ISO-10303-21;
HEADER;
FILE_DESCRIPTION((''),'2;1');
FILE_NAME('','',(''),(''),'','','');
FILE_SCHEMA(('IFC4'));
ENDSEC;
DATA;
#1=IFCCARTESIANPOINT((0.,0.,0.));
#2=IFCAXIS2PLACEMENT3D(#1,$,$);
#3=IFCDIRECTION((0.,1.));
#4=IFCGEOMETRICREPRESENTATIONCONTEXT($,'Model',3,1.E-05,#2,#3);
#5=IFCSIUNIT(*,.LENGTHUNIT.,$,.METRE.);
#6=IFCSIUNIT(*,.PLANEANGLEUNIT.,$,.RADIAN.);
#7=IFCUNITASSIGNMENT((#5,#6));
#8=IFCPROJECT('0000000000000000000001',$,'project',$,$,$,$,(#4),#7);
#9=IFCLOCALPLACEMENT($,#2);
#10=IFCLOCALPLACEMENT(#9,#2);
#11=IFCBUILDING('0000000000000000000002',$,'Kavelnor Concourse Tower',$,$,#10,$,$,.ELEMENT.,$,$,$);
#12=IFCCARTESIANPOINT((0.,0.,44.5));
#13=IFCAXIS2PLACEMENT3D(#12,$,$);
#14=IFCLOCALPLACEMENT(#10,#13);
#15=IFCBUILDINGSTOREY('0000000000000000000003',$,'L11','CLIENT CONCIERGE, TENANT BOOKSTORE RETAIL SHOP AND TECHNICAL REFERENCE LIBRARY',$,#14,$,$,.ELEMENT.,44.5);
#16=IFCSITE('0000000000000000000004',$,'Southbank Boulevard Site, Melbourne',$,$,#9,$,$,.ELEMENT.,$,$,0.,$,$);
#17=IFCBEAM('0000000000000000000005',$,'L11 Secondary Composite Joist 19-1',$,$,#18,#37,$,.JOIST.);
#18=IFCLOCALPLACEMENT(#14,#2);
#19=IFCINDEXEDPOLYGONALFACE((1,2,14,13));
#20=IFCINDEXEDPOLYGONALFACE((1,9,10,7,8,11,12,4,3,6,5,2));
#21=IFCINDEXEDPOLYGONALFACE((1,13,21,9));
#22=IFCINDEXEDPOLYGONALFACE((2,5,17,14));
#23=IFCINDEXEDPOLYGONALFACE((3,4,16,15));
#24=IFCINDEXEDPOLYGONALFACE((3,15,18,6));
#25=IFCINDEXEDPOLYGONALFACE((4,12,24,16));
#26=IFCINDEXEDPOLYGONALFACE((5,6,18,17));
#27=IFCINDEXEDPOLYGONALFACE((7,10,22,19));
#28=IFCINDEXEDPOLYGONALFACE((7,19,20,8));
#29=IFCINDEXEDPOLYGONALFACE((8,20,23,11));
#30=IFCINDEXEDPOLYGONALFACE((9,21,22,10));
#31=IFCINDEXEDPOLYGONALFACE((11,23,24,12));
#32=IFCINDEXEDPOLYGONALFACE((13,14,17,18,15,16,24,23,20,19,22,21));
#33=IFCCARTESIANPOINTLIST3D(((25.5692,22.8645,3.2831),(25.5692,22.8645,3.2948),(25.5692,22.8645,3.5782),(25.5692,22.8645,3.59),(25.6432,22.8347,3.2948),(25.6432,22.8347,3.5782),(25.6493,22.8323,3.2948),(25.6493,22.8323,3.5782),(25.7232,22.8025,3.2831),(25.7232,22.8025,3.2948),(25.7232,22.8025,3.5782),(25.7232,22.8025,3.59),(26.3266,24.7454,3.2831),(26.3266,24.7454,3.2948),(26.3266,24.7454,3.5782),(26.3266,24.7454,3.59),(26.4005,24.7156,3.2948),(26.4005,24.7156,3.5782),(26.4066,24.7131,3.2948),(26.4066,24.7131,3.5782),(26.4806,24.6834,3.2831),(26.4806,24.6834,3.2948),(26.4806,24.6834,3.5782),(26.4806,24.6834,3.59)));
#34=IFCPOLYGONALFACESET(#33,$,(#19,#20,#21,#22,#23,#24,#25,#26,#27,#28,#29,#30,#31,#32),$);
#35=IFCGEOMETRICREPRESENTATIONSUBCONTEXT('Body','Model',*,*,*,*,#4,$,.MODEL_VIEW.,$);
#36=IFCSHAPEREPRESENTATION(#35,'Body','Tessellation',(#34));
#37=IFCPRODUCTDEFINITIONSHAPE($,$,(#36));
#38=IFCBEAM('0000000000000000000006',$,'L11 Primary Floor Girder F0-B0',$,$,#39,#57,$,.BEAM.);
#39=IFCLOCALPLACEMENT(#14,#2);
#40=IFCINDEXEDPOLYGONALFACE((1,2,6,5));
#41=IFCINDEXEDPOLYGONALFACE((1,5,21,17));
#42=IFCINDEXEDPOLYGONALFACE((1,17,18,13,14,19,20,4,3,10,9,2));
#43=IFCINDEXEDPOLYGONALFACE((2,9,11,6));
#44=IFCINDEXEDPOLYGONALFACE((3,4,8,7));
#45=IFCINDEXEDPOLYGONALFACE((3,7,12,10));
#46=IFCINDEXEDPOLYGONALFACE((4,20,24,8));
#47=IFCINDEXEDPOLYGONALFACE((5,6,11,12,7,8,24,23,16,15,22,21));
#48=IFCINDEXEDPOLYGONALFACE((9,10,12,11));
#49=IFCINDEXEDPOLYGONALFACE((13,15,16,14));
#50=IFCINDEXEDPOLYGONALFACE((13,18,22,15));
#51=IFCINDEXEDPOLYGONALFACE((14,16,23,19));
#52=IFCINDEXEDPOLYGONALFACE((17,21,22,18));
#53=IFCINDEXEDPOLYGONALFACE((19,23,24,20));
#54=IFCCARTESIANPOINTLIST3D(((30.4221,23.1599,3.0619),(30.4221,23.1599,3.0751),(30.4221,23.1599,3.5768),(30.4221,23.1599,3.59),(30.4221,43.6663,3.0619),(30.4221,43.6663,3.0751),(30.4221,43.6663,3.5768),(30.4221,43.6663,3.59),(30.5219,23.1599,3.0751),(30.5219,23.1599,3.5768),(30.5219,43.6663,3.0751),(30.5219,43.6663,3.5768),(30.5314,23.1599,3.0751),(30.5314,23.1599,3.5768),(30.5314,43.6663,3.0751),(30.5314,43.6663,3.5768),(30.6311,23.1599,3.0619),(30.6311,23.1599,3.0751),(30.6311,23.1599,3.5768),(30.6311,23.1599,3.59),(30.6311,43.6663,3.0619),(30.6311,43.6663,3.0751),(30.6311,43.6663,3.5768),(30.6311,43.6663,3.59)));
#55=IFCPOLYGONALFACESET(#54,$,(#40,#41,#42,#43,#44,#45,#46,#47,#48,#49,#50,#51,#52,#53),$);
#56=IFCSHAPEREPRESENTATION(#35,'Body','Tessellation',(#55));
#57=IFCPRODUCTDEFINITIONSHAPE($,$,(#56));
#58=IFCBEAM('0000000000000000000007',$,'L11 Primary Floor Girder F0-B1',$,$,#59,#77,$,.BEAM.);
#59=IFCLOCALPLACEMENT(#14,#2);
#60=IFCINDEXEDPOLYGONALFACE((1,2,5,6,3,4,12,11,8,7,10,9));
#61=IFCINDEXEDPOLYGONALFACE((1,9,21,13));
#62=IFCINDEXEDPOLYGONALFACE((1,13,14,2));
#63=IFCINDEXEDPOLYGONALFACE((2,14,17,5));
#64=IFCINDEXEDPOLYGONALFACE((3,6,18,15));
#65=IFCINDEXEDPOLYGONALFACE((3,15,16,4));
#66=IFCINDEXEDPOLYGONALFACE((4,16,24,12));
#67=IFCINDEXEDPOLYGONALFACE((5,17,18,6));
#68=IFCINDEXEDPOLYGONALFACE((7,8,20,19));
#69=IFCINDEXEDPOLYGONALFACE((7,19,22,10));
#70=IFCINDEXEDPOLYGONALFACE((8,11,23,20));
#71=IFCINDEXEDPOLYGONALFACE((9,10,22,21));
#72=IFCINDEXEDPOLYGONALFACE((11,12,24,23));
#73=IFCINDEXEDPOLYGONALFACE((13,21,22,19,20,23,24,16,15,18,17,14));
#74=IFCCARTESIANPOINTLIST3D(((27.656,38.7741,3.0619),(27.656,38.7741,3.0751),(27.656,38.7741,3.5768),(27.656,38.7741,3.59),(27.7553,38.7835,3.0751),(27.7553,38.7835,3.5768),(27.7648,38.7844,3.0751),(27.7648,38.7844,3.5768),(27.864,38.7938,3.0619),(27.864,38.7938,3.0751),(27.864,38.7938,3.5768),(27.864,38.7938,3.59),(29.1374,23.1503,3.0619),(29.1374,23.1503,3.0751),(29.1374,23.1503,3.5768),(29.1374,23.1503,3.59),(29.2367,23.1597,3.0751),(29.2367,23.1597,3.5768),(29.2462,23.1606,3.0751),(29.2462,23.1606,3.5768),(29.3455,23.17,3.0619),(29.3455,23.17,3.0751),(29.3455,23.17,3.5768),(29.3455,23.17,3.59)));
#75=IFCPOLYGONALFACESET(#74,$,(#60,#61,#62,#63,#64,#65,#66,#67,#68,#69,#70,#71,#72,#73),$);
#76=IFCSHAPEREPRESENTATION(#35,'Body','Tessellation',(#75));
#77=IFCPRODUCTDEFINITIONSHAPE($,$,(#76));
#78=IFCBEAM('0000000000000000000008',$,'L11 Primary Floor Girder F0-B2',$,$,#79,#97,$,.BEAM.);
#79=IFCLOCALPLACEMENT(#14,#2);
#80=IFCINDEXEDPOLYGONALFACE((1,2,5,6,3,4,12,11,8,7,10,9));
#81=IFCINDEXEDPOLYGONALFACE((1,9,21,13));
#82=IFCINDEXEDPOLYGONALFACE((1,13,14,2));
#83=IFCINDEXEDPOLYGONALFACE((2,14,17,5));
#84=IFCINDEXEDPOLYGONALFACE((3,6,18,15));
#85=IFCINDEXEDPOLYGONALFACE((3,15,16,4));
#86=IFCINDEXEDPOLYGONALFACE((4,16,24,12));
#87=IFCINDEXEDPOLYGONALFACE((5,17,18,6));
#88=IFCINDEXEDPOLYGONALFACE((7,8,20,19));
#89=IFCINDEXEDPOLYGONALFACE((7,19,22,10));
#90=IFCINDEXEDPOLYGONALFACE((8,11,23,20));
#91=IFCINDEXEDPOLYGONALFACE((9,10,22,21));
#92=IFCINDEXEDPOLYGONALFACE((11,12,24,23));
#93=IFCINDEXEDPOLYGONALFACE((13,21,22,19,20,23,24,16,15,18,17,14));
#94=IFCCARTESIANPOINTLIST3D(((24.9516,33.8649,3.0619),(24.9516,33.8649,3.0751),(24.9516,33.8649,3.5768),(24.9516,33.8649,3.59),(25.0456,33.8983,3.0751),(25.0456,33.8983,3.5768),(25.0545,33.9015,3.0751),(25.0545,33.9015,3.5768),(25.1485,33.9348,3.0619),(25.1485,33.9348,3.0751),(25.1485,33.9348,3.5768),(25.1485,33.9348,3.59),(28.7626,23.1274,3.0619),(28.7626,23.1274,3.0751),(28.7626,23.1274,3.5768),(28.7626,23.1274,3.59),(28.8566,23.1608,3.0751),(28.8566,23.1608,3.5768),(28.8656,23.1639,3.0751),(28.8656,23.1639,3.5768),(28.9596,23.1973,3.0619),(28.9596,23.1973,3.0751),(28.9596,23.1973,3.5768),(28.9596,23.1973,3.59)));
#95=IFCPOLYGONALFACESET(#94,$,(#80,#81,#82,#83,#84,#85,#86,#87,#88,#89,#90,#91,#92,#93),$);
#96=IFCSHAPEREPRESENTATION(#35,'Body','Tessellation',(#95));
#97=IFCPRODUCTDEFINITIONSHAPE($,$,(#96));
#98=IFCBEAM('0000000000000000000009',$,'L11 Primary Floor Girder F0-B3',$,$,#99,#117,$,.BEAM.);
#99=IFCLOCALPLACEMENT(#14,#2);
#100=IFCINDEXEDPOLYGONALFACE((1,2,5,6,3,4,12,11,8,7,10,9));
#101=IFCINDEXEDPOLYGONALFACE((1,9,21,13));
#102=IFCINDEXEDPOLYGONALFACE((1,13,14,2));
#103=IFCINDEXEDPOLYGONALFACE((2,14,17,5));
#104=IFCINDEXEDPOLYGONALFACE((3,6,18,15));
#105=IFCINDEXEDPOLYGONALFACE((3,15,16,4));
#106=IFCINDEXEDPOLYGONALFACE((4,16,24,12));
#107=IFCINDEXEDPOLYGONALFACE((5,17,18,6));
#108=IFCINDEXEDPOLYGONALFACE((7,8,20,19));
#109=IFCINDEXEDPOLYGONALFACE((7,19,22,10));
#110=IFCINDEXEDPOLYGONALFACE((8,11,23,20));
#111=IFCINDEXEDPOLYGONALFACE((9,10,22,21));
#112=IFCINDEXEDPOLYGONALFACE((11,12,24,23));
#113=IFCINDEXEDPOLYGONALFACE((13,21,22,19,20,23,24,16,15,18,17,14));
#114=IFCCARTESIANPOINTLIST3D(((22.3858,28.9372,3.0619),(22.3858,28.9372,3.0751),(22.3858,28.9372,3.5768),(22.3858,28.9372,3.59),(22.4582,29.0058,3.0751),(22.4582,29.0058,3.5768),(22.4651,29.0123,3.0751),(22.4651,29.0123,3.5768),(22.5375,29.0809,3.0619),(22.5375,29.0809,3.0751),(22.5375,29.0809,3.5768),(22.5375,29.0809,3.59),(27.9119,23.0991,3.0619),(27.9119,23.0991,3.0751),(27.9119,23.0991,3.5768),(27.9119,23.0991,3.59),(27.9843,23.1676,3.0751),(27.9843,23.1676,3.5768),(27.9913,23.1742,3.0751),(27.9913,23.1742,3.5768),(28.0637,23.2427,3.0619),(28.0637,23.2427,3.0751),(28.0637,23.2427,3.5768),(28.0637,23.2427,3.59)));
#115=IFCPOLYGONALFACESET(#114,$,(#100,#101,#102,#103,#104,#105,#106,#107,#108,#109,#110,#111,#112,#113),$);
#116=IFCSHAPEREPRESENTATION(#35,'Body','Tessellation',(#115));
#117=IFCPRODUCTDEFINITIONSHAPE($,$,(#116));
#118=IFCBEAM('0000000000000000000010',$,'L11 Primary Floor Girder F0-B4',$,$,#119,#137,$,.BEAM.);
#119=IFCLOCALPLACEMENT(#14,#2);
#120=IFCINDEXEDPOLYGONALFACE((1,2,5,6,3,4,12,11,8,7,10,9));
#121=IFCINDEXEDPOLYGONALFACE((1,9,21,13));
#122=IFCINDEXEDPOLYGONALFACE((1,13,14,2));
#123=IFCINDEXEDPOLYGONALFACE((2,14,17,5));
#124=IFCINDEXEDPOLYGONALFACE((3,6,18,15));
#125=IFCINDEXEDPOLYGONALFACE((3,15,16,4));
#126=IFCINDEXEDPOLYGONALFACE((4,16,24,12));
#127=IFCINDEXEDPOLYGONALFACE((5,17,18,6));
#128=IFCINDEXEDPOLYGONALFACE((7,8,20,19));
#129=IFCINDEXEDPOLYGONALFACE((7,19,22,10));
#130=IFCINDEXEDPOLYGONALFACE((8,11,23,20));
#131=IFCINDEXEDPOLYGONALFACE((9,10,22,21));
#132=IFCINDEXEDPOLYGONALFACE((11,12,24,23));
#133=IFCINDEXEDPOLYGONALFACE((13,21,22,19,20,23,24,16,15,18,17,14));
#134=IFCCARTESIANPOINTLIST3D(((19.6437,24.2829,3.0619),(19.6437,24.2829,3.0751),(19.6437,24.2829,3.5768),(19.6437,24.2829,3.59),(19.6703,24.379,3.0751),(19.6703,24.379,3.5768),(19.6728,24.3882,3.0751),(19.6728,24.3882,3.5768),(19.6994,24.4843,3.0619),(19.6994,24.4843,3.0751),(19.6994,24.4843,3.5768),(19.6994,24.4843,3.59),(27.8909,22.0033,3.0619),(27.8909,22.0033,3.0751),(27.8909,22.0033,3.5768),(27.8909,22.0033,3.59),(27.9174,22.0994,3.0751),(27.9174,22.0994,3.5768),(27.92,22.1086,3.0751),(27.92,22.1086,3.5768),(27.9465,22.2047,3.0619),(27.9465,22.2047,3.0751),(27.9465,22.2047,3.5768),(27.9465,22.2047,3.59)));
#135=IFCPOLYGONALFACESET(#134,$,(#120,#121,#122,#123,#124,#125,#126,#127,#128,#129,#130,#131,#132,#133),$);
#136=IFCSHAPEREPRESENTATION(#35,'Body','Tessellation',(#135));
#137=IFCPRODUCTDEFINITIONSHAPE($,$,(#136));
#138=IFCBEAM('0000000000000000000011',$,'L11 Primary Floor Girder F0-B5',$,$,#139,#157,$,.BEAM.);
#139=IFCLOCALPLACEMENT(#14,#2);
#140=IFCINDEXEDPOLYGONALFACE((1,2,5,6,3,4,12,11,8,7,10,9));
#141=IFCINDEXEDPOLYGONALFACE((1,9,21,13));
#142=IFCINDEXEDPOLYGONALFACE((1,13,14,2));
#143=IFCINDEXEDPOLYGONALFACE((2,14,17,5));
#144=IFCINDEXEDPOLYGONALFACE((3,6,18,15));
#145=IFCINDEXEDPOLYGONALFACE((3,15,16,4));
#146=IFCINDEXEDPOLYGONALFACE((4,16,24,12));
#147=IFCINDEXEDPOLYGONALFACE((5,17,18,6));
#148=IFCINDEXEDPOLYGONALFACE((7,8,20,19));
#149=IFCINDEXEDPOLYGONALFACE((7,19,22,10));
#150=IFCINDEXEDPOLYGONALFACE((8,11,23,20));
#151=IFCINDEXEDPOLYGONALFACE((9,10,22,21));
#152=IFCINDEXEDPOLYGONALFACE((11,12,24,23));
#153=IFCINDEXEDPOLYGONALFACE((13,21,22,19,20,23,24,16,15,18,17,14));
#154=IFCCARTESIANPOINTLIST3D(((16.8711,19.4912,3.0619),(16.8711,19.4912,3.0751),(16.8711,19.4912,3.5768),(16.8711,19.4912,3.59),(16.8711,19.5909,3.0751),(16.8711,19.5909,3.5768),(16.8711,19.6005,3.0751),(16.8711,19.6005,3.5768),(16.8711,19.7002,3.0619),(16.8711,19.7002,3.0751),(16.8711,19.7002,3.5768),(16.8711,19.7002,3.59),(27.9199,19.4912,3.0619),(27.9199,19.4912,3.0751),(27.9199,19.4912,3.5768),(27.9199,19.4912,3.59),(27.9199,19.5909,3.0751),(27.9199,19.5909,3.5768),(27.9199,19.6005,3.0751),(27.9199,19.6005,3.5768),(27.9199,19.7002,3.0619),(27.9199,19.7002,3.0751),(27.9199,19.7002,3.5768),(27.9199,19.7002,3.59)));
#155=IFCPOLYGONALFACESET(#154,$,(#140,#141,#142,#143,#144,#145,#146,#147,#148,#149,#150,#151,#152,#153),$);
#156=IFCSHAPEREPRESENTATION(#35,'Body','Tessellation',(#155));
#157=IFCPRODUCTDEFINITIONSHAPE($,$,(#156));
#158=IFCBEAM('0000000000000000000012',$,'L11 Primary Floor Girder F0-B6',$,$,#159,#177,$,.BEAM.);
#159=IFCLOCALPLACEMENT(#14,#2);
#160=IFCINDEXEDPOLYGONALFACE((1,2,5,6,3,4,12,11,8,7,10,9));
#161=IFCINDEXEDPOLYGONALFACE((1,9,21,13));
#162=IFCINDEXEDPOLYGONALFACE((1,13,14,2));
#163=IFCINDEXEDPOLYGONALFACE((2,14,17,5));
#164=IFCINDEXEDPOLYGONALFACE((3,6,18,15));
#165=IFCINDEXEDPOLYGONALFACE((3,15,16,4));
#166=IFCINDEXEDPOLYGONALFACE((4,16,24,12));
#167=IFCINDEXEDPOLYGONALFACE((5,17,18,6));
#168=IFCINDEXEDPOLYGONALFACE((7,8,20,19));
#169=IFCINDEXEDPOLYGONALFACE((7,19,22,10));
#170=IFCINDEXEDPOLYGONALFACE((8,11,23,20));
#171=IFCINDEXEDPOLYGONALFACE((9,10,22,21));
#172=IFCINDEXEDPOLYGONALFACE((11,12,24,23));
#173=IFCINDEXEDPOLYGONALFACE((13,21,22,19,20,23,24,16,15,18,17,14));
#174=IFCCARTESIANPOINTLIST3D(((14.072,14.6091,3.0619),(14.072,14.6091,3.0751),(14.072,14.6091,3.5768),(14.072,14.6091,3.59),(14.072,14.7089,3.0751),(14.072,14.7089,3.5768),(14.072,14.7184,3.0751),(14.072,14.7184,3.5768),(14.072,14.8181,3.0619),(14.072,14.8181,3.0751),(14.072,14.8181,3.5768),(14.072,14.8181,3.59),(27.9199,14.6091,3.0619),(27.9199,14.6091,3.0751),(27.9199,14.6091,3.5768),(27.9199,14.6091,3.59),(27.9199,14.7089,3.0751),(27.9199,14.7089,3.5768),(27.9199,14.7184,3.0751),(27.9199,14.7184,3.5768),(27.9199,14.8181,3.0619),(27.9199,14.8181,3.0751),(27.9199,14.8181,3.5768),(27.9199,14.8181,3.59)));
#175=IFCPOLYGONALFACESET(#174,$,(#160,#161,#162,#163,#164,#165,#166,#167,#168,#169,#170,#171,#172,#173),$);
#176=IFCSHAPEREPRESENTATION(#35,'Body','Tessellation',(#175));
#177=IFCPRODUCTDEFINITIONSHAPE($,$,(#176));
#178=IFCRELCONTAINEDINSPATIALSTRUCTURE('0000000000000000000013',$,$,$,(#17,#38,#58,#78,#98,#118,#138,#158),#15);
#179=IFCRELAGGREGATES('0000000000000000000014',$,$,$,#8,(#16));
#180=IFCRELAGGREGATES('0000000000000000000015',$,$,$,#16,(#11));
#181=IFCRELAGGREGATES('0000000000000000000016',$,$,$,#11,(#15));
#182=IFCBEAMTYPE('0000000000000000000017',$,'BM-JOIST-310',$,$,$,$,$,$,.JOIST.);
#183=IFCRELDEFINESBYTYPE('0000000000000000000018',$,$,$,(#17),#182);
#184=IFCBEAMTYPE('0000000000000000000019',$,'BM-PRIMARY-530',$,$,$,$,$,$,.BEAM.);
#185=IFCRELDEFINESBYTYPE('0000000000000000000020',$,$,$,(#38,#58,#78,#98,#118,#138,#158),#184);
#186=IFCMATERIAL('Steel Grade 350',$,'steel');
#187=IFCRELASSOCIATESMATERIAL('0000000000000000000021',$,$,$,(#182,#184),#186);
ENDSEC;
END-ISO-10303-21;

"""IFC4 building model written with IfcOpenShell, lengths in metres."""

from ifc_helpers import new_model, si_unit, direction, frame, origin, origin_2d, place, context, subcontext, project, spatial, i_section, extrude, material, material_profile, profile_set, type_object, element, save


model = new_model("IFC4")

# Units and contexts
model_context = context("Model", 3, precision=1e-05, world=origin(), true_north=direction((0.0, 1.0)))
body_context = subcontext(model_context, "Body", "Model", "MODEL_VIEW")
ifc_project = project(units=[si_unit("LENGTHUNIT", "METRE"), si_unit("PLANEANGLEUNIT", "RADIAN")], contexts=[model_context])

# Site, building, storey
site_placement = place(None, origin())
site = spatial("IfcSite", under=ifc_project, at=site_placement, Name="Southbank Boulevard Site, Melbourne", CompositionType="ELEMENT", RefElevation=0.0)
building_placement = place(site_placement, origin())
building = spatial("IfcBuilding", under=site, at=building_placement, Name="Kavelnor Concourse Tower", CompositionType="ELEMENT")
storey_placement = place(building_placement, frame((0.0, 0.0, 44.5)))
storey = spatial("IfcBuildingStorey", under=building, at=storey_placement, Name="L11", Description="CLIENT CONCIERGE, TENANT BOOKSTORE RETAIL SHOP AND TECHNICAL REFERENCE LIBRARY", CompositionType="ELEMENT", Elevation=44.5)

# Beams
ifc_material_1 = material(Name="Steel Grade 350", Category="steel")
ifc_material_profile_1 = material_profile(ifc_material_1, i_section(OverallWidth=0.166, OverallDepth=0.3069, WebThickness=0.0066, FlangeThickness=0.0117, at=origin_2d()), Name="310UB46")
ifc_profile_set_1 = profile_set([ifc_material_profile_1], Name="Steel Grade 350")
beam_type_1 = type_object("IfcBeamType", Name="BM-JOIST-310", PredefinedType="JOIST", material=ifc_profile_set_1)
beam_1_placement = place(storey_placement, frame((26.4036, 24.7144, 3.4365), z_axis=(-0.373507, -0.927627, 0.0), x_axis=(0.927627, -0.373507, 0.0)))
element("IfcBeam", 1, at=beam_1_placement, inside=storey, type_object=beam_type_1, Name="L11 Secondary Composite Joist 19-1", PredefinedType="JOIST", context=body_context, shape_type="SweptSolid", body=[
    extrude(i_section(OverallWidth=0.166, OverallDepth=0.3069, WebThickness=0.0066, FlangeThickness=0.0117, at=origin_2d()), origin(), (0.0, 0.0, 1.0), 2.0276),
])
ifc_material_profile_2 = material_profile(ifc_material_1, i_section(OverallWidth=0.209, OverallDepth=0.5281, WebThickness=0.0095, FlangeThickness=0.0132, at=origin_2d()), Name="530UB82")
ifc_profile_set_2 = profile_set([ifc_material_profile_2], Name="Steel Grade 350")
beam_type_2 = type_object("IfcBeamType", Name="BM-PRIMARY-530", PredefinedType="BEAM", material=ifc_profile_set_2)
beam_2_placement = place(storey_placement, frame((30.5266, 23.1599, 3.3259), z_axis=(0.0, 1.0, 0.0), x_axis=(-1.0, 0.0, 0.0)))
element("IfcBeam", 2, at=beam_2_placement, inside=storey, type_object=beam_type_2, Name="L11 Primary Floor Girder F0-B0", PredefinedType="BEAM", context=body_context, shape_type="SweptSolid", body=[
    extrude(i_section(OverallWidth=0.209, OverallDepth=0.5281, WebThickness=0.0095, FlangeThickness=0.0132, at=origin_2d()), origin(), (0.0, 0.0, 1.0), 20.5063),
])
beam_3_placement = place(storey_placement, frame((29.2415, 23.1602, 3.3259), z_axis=(-0.094397, 0.995535, 0.0), x_axis=(-0.995535, -0.094397, 0.0)))
element("IfcBeam", 3, at=beam_3_placement, inside=storey, type_object=beam_type_2, Name="L11 Primary Floor Girder F0-B1", PredefinedType="BEAM", context=body_context, shape_type="SweptSolid", body=[
    extrude(i_section(OverallWidth=0.209, OverallDepth=0.5281, WebThickness=0.0095, FlangeThickness=0.0132, at=origin_2d()), origin(), (0.0, 0.0, 1.0), 15.6938),
])
beam_4_placement = place(storey_placement, frame((28.8611, 23.1624, 3.3259), z_axis=(-0.334483, 0.942402, 0.0), x_axis=(-0.942402, -0.334483, 0.0)))
element("IfcBeam", 4, at=beam_4_placement, inside=storey, type_object=beam_type_2, Name="L11 Primary Floor Girder F0-B2", PredefinedType="BEAM", context=body_context, shape_type="SweptSolid", body=[
    extrude(i_section(OverallWidth=0.209, OverallDepth=0.5281, WebThickness=0.0095, FlangeThickness=0.0132, at=origin_2d()), origin(), (0.0, 0.0, 1.0), 11.3938),
])
beam_5_placement = place(storey_placement, frame((27.9878, 23.1709, 3.3259), z_axis=(-0.687434, 0.726247, 0.0), x_axis=(-0.726247, -0.687434, 0.0)))
element("IfcBeam", 5, at=beam_5_placement, inside=storey, type_object=beam_type_2, Name="L11 Primary Floor Girder F0-B3", PredefinedType="BEAM", context=body_context, shape_type="SweptSolid", body=[
    extrude(i_section(OverallWidth=0.209, OverallDepth=0.5281, WebThickness=0.0095, FlangeThickness=0.0132, at=origin_2d()), origin(), (0.0, 0.0, 1.0), 8.0388),
])
beam_6_placement = place(storey_placement, frame((27.9187, 22.104, 3.3259), z_axis=(-0.963858, 0.266416, 0.0), x_axis=(-0.266416, -0.963858, 0.0)))
element("IfcBeam", 6, at=beam_6_placement, inside=storey, type_object=beam_type_2, Name="L11 Primary Floor Girder F0-B4", PredefinedType="BEAM", context=body_context, shape_type="SweptSolid", body=[
    extrude(i_section(OverallWidth=0.209, OverallDepth=0.5281, WebThickness=0.0095, FlangeThickness=0.0132, at=origin_2d()), origin(), (0.0, 0.0, 1.0), 8.5564),
])
beam_7_placement = place(storey_placement, frame((27.9199, 19.5957, 3.3259), z_axis=(-1.0, 0.0, 0.0), x_axis=(0.0, -1.0, 0.0)))
element("IfcBeam", 7, at=beam_7_placement, inside=storey, type_object=beam_type_2, Name="L11 Primary Floor Girder F0-B5", PredefinedType="BEAM", context=body_context, shape_type="SweptSolid", body=[
    extrude(i_section(OverallWidth=0.209, OverallDepth=0.5281, WebThickness=0.0095, FlangeThickness=0.0132, at=origin_2d()), origin(), (0.0, 0.0, 1.0), 11.0488),
])
beam_8_placement = place(storey_placement, frame((27.9199, 14.7136, 3.3259), z_axis=(-1.0, 0.0, 0.0), x_axis=(0.0, -1.0, 0.0)))
element("IfcBeam", 8, at=beam_8_placement, inside=storey, type_object=beam_type_2, Name="L11 Primary Floor Girder F0-B6", PredefinedType="BEAM", context=body_context, shape_type="SweptSolid", body=[
    extrude(i_section(OverallWidth=0.209, OverallDepth=0.5281, WebThickness=0.0095, FlangeThickness=0.0132, at=origin_2d()), origin(), (0.0, 0.0, 1.0), 13.8479),
])

save(model, "model.ifc")
